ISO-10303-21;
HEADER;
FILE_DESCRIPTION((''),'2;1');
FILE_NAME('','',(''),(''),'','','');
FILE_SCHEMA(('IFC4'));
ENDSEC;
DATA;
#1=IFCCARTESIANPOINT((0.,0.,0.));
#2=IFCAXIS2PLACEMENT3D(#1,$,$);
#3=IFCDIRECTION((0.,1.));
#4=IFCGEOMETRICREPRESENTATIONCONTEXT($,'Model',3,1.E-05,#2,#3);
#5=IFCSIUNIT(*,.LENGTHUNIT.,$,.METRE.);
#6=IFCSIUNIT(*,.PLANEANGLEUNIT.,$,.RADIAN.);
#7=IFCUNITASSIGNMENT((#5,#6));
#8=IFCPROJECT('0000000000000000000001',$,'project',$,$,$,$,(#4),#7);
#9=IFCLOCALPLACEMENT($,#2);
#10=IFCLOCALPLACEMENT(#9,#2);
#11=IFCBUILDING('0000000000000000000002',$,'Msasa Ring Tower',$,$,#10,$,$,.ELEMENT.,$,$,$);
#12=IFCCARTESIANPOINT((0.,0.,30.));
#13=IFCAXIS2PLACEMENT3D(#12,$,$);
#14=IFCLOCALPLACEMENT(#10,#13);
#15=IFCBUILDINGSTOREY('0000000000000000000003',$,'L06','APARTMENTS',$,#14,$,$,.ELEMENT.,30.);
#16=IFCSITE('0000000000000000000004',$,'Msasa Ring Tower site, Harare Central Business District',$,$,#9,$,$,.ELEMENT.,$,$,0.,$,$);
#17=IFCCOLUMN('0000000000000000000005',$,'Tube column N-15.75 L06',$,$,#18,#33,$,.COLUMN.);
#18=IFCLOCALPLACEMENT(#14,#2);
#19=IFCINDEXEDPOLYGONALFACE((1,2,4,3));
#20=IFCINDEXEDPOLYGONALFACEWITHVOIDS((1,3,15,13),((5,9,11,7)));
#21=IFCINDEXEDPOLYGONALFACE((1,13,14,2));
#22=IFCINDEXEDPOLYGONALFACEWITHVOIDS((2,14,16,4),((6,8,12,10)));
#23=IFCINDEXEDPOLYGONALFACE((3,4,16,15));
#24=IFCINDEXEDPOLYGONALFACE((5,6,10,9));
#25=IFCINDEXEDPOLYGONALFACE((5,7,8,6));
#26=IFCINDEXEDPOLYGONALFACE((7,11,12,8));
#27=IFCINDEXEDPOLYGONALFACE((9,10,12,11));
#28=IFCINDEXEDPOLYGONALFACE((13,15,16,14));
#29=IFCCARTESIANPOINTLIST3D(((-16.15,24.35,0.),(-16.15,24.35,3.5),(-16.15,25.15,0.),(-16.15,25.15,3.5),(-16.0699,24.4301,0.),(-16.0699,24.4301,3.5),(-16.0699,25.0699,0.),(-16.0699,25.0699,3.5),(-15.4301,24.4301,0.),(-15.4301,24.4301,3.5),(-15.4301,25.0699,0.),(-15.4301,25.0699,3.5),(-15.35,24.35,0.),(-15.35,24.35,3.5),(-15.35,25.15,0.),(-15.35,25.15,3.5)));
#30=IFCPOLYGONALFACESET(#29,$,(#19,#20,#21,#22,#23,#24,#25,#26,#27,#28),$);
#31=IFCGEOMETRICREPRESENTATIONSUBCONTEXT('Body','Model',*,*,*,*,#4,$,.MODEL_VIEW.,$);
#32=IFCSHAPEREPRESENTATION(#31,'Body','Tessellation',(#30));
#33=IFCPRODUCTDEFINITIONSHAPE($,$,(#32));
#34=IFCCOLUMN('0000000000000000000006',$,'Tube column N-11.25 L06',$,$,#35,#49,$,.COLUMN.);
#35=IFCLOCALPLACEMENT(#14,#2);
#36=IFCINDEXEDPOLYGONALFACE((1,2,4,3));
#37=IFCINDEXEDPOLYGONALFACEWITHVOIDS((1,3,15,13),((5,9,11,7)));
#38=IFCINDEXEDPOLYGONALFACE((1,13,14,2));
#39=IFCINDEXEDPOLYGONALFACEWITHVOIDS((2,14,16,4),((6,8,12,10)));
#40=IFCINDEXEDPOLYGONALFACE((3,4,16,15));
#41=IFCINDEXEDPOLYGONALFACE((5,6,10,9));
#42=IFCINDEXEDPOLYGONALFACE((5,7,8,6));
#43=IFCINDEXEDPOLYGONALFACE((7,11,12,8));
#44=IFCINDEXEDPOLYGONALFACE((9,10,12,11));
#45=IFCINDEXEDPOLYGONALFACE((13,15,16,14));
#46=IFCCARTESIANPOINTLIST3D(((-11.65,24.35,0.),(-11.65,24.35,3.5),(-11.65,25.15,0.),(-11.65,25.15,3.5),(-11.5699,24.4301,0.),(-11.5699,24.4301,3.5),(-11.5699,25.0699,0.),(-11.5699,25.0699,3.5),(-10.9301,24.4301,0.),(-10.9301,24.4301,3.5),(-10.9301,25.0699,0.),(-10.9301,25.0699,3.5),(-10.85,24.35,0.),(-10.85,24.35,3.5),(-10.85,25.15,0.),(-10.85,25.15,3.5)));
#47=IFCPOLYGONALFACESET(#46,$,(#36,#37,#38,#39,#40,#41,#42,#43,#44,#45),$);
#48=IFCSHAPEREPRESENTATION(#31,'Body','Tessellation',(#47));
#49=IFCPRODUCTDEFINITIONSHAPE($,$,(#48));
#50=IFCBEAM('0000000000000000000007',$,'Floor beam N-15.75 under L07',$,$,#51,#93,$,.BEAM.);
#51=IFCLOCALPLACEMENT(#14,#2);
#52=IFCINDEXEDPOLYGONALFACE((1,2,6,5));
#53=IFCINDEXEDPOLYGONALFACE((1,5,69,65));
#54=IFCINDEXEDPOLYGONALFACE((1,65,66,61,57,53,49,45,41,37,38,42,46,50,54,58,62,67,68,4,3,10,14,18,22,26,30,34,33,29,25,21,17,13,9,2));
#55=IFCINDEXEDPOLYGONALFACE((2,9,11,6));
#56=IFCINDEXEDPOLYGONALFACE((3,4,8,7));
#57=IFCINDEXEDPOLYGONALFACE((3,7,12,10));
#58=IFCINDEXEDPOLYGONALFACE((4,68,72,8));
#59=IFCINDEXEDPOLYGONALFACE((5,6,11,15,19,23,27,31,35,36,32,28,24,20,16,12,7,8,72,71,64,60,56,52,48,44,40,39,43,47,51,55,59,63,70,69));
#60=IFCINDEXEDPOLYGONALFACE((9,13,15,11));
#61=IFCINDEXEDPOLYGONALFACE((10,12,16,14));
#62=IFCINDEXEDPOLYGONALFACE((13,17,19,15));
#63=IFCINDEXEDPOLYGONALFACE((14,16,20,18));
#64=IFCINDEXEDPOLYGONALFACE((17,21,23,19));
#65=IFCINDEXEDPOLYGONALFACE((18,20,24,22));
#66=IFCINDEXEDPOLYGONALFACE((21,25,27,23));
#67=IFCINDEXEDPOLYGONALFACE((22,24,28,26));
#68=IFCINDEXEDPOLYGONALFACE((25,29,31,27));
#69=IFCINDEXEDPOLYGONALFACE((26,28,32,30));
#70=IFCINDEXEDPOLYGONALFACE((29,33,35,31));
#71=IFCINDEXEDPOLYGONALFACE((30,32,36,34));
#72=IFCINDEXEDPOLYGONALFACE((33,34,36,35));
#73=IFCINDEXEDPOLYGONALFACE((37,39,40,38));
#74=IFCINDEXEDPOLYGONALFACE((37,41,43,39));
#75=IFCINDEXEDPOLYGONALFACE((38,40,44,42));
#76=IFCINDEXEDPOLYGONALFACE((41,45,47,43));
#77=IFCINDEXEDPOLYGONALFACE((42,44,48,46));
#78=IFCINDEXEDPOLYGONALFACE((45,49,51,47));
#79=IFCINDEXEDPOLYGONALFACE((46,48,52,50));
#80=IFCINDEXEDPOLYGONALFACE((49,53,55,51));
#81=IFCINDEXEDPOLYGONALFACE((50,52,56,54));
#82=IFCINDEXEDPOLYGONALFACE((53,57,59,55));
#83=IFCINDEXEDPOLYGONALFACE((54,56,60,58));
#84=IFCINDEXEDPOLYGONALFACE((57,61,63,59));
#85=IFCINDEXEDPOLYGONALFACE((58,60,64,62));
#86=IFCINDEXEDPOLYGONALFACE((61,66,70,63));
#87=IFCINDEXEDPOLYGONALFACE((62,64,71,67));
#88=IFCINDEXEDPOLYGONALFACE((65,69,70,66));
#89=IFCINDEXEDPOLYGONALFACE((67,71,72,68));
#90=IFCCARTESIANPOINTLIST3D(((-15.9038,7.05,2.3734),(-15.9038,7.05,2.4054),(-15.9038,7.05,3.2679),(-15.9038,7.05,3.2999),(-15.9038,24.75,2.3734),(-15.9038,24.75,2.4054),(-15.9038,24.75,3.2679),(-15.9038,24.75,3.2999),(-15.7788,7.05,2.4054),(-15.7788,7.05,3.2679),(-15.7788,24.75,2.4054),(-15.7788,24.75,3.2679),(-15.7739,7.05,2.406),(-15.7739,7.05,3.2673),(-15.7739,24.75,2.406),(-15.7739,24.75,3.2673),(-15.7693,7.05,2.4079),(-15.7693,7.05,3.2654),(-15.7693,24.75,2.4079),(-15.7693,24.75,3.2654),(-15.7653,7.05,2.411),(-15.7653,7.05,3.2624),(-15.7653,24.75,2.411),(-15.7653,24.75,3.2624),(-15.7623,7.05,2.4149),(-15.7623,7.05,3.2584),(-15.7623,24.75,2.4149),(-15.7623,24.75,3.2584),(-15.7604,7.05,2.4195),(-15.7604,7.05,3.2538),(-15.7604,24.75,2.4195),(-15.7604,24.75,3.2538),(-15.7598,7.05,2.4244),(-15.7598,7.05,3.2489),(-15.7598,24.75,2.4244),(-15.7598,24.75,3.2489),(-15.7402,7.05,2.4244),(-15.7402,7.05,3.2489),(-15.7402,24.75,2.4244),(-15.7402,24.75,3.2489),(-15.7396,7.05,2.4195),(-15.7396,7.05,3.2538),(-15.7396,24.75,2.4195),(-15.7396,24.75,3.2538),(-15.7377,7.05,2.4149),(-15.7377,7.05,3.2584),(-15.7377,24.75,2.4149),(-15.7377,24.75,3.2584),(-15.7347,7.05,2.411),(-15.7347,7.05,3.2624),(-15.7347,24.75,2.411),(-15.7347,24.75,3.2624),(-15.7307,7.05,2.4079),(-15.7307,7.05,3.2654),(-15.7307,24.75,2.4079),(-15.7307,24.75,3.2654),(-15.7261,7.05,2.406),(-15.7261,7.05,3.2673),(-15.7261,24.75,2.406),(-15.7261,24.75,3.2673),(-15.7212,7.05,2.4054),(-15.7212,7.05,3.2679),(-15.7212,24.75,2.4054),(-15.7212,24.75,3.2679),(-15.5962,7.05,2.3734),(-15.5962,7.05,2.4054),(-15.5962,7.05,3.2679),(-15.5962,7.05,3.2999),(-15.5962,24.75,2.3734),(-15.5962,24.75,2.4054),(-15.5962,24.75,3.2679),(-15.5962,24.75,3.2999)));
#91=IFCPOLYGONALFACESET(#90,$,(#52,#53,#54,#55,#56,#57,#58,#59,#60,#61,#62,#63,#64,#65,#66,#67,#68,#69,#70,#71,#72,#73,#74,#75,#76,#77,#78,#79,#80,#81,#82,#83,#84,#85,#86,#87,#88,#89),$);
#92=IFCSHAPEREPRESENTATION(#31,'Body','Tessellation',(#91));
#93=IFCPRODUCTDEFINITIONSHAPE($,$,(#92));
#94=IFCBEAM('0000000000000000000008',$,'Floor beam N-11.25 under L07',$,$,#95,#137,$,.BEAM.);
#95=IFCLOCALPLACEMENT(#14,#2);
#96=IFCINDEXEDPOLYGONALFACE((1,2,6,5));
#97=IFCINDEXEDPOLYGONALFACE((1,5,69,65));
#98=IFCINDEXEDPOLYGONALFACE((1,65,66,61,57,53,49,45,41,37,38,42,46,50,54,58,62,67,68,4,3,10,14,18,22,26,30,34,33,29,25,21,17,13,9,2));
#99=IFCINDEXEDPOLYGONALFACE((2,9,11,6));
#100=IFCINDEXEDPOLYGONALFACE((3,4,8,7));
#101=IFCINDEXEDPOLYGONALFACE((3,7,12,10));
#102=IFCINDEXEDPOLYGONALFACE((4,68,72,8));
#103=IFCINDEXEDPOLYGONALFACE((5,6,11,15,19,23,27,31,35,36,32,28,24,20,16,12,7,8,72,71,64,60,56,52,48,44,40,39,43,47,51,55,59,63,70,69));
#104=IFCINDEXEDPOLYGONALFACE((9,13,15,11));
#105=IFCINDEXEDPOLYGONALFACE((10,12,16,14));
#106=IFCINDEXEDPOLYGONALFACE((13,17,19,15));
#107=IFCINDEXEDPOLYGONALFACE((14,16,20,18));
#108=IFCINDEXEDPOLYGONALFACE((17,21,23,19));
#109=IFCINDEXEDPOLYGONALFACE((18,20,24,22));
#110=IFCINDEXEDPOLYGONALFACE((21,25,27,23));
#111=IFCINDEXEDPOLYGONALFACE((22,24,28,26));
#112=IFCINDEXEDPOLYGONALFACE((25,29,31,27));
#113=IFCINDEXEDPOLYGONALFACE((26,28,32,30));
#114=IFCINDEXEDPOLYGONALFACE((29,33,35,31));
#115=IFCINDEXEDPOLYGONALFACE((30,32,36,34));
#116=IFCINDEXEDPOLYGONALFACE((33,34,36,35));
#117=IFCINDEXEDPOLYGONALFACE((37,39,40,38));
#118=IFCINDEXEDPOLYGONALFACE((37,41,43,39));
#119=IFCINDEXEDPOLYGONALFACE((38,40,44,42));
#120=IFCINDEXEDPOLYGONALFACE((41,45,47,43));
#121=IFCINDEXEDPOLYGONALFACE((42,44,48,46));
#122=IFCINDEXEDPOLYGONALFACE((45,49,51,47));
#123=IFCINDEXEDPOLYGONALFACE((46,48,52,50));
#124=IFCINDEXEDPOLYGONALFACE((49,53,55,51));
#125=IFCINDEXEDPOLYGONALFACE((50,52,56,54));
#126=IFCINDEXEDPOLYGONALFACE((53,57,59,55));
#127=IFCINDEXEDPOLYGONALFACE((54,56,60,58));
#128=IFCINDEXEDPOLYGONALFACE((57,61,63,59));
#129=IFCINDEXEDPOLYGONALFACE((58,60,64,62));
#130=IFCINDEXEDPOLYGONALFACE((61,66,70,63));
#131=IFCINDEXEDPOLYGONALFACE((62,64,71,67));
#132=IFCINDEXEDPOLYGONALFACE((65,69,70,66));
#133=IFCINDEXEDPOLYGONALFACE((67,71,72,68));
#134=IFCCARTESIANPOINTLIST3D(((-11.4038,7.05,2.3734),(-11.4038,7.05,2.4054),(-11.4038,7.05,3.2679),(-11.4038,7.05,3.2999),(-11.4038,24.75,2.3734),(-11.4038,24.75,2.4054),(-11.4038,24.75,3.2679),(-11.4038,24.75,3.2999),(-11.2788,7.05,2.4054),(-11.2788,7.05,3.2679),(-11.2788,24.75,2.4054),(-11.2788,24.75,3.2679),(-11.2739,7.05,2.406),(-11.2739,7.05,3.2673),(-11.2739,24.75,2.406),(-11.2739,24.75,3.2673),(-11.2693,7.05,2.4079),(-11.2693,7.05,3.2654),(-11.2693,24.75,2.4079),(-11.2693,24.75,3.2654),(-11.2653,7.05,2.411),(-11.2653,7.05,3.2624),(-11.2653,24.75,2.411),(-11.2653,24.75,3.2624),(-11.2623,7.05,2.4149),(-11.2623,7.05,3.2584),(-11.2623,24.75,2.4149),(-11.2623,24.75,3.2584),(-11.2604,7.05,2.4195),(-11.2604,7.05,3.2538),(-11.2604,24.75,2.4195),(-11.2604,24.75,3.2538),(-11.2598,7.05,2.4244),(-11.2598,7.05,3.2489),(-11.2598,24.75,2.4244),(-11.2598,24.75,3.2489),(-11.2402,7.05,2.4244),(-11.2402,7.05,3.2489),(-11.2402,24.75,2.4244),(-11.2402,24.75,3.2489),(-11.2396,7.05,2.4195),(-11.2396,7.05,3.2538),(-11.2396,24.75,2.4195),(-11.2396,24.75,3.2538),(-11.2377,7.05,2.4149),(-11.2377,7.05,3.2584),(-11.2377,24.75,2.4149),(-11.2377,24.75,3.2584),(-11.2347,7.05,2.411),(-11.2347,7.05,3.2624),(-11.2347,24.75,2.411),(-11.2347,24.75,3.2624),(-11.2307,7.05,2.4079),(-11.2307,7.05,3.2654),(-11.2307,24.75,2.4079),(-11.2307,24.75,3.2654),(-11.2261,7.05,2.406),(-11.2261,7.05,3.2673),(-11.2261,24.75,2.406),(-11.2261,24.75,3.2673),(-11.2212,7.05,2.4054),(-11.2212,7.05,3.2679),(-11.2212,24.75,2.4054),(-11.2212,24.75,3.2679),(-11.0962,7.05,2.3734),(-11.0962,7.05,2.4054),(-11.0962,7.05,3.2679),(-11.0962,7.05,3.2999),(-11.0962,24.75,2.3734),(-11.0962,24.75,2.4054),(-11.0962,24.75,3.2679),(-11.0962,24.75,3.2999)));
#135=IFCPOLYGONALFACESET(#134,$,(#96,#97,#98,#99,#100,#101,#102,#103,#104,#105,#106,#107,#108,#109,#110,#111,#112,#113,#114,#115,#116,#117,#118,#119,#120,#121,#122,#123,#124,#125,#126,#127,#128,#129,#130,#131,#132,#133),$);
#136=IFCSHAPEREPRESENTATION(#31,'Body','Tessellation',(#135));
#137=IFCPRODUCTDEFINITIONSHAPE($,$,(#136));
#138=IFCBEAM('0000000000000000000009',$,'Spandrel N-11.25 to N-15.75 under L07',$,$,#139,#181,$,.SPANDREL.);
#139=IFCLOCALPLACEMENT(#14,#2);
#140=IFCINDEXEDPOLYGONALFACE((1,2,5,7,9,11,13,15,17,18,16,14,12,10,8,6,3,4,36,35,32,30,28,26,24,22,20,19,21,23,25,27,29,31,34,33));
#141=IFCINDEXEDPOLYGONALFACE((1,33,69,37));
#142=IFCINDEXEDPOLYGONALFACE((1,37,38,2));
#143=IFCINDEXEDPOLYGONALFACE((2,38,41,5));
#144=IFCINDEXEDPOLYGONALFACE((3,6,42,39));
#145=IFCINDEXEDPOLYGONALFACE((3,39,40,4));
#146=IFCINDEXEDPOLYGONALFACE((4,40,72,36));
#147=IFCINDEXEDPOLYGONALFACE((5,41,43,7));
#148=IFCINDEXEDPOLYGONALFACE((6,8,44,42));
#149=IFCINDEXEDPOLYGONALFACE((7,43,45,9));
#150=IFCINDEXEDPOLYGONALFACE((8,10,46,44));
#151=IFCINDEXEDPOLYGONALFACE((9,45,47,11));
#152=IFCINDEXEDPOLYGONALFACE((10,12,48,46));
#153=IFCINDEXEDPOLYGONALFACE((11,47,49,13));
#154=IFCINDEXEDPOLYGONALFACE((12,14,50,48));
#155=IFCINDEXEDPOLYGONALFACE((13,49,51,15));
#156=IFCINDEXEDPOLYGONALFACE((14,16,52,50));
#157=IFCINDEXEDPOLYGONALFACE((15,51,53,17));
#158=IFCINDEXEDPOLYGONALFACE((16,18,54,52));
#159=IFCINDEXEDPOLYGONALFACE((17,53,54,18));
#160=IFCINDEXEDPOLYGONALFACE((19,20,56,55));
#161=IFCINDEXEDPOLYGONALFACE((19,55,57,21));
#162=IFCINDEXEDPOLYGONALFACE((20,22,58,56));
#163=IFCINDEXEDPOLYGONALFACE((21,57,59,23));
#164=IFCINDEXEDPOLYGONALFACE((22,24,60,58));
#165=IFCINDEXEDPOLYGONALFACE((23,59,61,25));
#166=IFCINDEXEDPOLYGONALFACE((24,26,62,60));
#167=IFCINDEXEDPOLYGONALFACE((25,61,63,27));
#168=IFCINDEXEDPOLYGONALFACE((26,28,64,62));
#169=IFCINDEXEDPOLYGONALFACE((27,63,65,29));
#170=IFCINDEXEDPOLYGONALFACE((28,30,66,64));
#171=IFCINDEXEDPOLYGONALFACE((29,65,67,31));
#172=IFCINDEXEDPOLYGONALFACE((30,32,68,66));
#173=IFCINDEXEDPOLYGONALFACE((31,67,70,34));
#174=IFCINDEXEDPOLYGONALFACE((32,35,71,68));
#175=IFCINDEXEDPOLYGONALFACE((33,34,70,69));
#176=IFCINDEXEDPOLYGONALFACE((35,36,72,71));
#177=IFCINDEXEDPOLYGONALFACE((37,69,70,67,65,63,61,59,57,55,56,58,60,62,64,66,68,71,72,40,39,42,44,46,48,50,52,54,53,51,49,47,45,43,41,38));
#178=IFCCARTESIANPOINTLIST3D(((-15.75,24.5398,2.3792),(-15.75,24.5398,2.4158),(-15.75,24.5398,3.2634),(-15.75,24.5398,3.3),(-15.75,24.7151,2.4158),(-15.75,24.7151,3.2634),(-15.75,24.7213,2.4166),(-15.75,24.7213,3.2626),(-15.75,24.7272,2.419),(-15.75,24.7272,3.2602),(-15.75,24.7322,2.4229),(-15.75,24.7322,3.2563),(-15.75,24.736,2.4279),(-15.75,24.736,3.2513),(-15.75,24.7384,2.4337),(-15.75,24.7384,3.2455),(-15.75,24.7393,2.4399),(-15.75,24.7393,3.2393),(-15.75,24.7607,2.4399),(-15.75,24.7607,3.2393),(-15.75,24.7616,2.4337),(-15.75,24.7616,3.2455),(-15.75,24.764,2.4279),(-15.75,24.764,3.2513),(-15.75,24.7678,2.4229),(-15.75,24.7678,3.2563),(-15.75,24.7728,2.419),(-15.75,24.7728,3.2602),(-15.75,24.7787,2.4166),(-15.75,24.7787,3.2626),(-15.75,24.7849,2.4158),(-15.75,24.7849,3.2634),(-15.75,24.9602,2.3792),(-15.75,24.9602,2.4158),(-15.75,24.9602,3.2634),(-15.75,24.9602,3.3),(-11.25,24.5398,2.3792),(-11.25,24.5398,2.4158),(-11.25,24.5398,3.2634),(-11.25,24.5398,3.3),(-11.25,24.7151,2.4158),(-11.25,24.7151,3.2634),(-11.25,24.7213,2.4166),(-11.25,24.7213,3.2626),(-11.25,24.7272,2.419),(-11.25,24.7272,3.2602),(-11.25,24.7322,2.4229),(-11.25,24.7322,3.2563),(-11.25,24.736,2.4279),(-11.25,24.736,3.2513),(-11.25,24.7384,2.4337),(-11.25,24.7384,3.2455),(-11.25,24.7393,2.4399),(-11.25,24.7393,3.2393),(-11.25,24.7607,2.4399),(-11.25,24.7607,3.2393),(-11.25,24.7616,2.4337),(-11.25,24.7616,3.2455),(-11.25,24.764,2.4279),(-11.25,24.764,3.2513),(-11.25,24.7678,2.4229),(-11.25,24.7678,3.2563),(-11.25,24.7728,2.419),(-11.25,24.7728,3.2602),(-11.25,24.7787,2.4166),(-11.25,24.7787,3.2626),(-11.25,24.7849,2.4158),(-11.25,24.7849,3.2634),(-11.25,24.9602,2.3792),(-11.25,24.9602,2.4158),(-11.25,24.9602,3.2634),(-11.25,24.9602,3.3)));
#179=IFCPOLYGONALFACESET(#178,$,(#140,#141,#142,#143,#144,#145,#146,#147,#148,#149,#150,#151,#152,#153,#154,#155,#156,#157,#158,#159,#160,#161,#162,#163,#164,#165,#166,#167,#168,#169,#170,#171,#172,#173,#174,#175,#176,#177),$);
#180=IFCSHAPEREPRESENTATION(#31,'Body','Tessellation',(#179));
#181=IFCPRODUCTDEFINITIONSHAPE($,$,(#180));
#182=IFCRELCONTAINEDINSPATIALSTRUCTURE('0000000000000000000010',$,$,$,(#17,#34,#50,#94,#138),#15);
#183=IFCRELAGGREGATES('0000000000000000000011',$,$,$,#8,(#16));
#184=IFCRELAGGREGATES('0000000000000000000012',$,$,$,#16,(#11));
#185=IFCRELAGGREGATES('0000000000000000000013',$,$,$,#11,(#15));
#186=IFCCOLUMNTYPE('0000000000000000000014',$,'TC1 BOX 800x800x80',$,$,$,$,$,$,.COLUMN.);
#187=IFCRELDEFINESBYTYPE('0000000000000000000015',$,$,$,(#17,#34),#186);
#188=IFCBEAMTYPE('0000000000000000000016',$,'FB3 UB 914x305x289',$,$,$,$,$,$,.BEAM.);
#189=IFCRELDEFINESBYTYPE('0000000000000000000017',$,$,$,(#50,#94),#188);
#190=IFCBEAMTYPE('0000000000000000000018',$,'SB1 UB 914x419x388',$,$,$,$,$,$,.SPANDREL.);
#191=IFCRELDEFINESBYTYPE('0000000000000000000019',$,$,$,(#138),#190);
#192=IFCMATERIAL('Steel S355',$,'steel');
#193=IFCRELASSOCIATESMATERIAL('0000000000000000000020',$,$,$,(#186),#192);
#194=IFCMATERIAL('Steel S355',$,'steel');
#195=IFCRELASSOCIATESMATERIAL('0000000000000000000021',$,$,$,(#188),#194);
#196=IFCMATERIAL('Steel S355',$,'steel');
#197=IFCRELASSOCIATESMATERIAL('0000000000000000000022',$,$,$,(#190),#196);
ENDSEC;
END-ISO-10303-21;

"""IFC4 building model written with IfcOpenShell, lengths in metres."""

from ifc_helpers import new_model, si_unit, direction, frame, origin, origin_2d, place, context, subcontext, project, spatial, hollow_rectangle, i_section, extrude, material, material_profile, profile_set, type_object, element, save


model = new_model("IFC4")

# Units and contexts
model_context = context("Model", 3, precision=1e-05, world=origin(), true_north=direction((0.0, 1.0)))
body_context = subcontext(model_context, "Body", "Model", "MODEL_VIEW")
ifc_project = project(units=[si_unit("LENGTHUNIT", "METRE"), si_unit("PLANEANGLEUNIT", "RADIAN")], contexts=[model_context])

# Site, building, storey
site_placement = place(None, origin())
site = spatial("IfcSite", under=ifc_project, at=site_placement, Name="Msasa Ring Tower site, Harare Central Business District", CompositionType="ELEMENT", RefElevation=0.0)
building_placement = place(site_placement, origin())
building = spatial("IfcBuilding", under=site, at=building_placement, Name="Msasa Ring Tower", CompositionType="ELEMENT")
storey_placement = place(building_placement, frame((0.0, 0.0, 30.0)))
storey = spatial("IfcBuildingStorey", under=building, at=storey_placement, Name="L06", Description="APARTMENTS", CompositionType="ELEMENT", Elevation=30.0)

# Columns
ifc_material_1 = material(Name="Steel S355", Category="steel")
ifc_material_profile_1 = material_profile(ifc_material_1, hollow_rectangle(XDim=0.8, YDim=0.8, WallThickness=0.0801, at=origin_2d()), Name="BOX 800x800x80")
ifc_profile_set_1 = profile_set([ifc_material_profile_1], Name="Steel S355")
column_type = type_object("IfcColumnType", Name="TC1 BOX 800x800x80", PredefinedType="COLUMN", material=ifc_profile_set_1)
for number, where, z_axis, x_axis, name in (
    (1, (-15.75, 24.75, 0.0), (0.0, 0.0, 1.0), (0.0, 1.0, 0.0), "Tube column N-15.75 L06"),
    (2, (-11.25, 24.75, 0.0), (0.0, 0.0, 1.0), (0.0, 1.0, 0.0), "Tube column N-11.25 L06"),
):
    element("IfcColumn", number, at=place(storey_placement, frame(where, z_axis=z_axis, x_axis=x_axis)), inside=storey, type_object=column_type, Name=name, PredefinedType="COLUMN", context=body_context, shape_type="SweptSolid", body=[
        extrude(hollow_rectangle(XDim=0.8, YDim=0.8, WallThickness=0.0801, at=origin_2d()), origin(), (0.0, 0.0, 1.0), 3.5),
    ])

# Beams
ifc_material_2 = material(Name="Steel S355", Category="steel")
ifc_material_profile_2 = material_profile(ifc_material_2, i_section(OverallWidth=0.3076, OverallDepth=0.9265, WebThickness=0.0195, FlangeThickness=0.032, FilletRadius=0.019, at=origin_2d()), Name="UB 914x305x289")
ifc_profile_set_2 = profile_set([ifc_material_profile_2], Name="Steel S355")
beam_type_1 = type_object("IfcBeamType", Name="FB3 UB 914x305x289", PredefinedType="BEAM", material=ifc_profile_set_2)
for number, where, z_axis, x_axis, name in (
    (3, (-15.75, 24.75, 2.8367), (0.0, -1.0, 0.0), (1.0, 0.0, 0.0), "Floor beam N-15.75 under L07"),
    (4, (-11.25, 24.75, 2.8367), (0.0, -1.0, 0.0), (1.0, 0.0, 0.0), "Floor beam N-11.25 under L07"),
):
    element("IfcBeam", number, at=place(storey_placement, frame(where, z_axis=z_axis, x_axis=x_axis)), inside=storey, type_object=beam_type_1, Name=name, PredefinedType="BEAM", context=body_context, shape_type="SweptSolid", body=[
        extrude(i_section(OverallWidth=0.3076, OverallDepth=0.9265, WebThickness=0.0195, FlangeThickness=0.032, FilletRadius=0.019, at=origin_2d()), origin(), (0.0, 0.0, 1.0), 17.7),
    ])
ifc_material_3 = material(Name="Steel S355", Category="steel")
ifc_material_profile_3 = material_profile(ifc_material_3, i_section(OverallWidth=0.4204, OverallDepth=0.9209, WebThickness=0.0215, FlangeThickness=0.0366, FilletRadius=0.0242, at=origin_2d()), Name="UB 914x419x388")
ifc_profile_set_3 = profile_set([ifc_material_profile_3], Name="Steel S355")
beam_type_2 = type_object("IfcBeamType", Name="SB1 UB 914x419x388", PredefinedType="SPANDREL", material=ifc_profile_set_3)
for number, where, z_axis, x_axis, name in (
    (5, (-11.25, 24.75, 2.8396), (-1.0, 0.0, 0.0), (0.0, -1.0, 0.0), "Spandrel N-11.25 to N-15.75 under L07"),
):
    element("IfcBeam", number, at=place(storey_placement, frame(where, z_axis=z_axis, x_axis=x_axis)), inside=storey, type_object=beam_type_2, Name=name, PredefinedType="SPANDREL", context=body_context, shape_type="SweptSolid", body=[
        extrude(i_section(OverallWidth=0.4204, OverallDepth=0.9209, WebThickness=0.0215, FlangeThickness=0.0366, FilletRadius=0.0242, at=origin_2d()), origin(), (0.0, 0.0, 1.0), 4.5),
    ])

save(model, "model.ifc")
